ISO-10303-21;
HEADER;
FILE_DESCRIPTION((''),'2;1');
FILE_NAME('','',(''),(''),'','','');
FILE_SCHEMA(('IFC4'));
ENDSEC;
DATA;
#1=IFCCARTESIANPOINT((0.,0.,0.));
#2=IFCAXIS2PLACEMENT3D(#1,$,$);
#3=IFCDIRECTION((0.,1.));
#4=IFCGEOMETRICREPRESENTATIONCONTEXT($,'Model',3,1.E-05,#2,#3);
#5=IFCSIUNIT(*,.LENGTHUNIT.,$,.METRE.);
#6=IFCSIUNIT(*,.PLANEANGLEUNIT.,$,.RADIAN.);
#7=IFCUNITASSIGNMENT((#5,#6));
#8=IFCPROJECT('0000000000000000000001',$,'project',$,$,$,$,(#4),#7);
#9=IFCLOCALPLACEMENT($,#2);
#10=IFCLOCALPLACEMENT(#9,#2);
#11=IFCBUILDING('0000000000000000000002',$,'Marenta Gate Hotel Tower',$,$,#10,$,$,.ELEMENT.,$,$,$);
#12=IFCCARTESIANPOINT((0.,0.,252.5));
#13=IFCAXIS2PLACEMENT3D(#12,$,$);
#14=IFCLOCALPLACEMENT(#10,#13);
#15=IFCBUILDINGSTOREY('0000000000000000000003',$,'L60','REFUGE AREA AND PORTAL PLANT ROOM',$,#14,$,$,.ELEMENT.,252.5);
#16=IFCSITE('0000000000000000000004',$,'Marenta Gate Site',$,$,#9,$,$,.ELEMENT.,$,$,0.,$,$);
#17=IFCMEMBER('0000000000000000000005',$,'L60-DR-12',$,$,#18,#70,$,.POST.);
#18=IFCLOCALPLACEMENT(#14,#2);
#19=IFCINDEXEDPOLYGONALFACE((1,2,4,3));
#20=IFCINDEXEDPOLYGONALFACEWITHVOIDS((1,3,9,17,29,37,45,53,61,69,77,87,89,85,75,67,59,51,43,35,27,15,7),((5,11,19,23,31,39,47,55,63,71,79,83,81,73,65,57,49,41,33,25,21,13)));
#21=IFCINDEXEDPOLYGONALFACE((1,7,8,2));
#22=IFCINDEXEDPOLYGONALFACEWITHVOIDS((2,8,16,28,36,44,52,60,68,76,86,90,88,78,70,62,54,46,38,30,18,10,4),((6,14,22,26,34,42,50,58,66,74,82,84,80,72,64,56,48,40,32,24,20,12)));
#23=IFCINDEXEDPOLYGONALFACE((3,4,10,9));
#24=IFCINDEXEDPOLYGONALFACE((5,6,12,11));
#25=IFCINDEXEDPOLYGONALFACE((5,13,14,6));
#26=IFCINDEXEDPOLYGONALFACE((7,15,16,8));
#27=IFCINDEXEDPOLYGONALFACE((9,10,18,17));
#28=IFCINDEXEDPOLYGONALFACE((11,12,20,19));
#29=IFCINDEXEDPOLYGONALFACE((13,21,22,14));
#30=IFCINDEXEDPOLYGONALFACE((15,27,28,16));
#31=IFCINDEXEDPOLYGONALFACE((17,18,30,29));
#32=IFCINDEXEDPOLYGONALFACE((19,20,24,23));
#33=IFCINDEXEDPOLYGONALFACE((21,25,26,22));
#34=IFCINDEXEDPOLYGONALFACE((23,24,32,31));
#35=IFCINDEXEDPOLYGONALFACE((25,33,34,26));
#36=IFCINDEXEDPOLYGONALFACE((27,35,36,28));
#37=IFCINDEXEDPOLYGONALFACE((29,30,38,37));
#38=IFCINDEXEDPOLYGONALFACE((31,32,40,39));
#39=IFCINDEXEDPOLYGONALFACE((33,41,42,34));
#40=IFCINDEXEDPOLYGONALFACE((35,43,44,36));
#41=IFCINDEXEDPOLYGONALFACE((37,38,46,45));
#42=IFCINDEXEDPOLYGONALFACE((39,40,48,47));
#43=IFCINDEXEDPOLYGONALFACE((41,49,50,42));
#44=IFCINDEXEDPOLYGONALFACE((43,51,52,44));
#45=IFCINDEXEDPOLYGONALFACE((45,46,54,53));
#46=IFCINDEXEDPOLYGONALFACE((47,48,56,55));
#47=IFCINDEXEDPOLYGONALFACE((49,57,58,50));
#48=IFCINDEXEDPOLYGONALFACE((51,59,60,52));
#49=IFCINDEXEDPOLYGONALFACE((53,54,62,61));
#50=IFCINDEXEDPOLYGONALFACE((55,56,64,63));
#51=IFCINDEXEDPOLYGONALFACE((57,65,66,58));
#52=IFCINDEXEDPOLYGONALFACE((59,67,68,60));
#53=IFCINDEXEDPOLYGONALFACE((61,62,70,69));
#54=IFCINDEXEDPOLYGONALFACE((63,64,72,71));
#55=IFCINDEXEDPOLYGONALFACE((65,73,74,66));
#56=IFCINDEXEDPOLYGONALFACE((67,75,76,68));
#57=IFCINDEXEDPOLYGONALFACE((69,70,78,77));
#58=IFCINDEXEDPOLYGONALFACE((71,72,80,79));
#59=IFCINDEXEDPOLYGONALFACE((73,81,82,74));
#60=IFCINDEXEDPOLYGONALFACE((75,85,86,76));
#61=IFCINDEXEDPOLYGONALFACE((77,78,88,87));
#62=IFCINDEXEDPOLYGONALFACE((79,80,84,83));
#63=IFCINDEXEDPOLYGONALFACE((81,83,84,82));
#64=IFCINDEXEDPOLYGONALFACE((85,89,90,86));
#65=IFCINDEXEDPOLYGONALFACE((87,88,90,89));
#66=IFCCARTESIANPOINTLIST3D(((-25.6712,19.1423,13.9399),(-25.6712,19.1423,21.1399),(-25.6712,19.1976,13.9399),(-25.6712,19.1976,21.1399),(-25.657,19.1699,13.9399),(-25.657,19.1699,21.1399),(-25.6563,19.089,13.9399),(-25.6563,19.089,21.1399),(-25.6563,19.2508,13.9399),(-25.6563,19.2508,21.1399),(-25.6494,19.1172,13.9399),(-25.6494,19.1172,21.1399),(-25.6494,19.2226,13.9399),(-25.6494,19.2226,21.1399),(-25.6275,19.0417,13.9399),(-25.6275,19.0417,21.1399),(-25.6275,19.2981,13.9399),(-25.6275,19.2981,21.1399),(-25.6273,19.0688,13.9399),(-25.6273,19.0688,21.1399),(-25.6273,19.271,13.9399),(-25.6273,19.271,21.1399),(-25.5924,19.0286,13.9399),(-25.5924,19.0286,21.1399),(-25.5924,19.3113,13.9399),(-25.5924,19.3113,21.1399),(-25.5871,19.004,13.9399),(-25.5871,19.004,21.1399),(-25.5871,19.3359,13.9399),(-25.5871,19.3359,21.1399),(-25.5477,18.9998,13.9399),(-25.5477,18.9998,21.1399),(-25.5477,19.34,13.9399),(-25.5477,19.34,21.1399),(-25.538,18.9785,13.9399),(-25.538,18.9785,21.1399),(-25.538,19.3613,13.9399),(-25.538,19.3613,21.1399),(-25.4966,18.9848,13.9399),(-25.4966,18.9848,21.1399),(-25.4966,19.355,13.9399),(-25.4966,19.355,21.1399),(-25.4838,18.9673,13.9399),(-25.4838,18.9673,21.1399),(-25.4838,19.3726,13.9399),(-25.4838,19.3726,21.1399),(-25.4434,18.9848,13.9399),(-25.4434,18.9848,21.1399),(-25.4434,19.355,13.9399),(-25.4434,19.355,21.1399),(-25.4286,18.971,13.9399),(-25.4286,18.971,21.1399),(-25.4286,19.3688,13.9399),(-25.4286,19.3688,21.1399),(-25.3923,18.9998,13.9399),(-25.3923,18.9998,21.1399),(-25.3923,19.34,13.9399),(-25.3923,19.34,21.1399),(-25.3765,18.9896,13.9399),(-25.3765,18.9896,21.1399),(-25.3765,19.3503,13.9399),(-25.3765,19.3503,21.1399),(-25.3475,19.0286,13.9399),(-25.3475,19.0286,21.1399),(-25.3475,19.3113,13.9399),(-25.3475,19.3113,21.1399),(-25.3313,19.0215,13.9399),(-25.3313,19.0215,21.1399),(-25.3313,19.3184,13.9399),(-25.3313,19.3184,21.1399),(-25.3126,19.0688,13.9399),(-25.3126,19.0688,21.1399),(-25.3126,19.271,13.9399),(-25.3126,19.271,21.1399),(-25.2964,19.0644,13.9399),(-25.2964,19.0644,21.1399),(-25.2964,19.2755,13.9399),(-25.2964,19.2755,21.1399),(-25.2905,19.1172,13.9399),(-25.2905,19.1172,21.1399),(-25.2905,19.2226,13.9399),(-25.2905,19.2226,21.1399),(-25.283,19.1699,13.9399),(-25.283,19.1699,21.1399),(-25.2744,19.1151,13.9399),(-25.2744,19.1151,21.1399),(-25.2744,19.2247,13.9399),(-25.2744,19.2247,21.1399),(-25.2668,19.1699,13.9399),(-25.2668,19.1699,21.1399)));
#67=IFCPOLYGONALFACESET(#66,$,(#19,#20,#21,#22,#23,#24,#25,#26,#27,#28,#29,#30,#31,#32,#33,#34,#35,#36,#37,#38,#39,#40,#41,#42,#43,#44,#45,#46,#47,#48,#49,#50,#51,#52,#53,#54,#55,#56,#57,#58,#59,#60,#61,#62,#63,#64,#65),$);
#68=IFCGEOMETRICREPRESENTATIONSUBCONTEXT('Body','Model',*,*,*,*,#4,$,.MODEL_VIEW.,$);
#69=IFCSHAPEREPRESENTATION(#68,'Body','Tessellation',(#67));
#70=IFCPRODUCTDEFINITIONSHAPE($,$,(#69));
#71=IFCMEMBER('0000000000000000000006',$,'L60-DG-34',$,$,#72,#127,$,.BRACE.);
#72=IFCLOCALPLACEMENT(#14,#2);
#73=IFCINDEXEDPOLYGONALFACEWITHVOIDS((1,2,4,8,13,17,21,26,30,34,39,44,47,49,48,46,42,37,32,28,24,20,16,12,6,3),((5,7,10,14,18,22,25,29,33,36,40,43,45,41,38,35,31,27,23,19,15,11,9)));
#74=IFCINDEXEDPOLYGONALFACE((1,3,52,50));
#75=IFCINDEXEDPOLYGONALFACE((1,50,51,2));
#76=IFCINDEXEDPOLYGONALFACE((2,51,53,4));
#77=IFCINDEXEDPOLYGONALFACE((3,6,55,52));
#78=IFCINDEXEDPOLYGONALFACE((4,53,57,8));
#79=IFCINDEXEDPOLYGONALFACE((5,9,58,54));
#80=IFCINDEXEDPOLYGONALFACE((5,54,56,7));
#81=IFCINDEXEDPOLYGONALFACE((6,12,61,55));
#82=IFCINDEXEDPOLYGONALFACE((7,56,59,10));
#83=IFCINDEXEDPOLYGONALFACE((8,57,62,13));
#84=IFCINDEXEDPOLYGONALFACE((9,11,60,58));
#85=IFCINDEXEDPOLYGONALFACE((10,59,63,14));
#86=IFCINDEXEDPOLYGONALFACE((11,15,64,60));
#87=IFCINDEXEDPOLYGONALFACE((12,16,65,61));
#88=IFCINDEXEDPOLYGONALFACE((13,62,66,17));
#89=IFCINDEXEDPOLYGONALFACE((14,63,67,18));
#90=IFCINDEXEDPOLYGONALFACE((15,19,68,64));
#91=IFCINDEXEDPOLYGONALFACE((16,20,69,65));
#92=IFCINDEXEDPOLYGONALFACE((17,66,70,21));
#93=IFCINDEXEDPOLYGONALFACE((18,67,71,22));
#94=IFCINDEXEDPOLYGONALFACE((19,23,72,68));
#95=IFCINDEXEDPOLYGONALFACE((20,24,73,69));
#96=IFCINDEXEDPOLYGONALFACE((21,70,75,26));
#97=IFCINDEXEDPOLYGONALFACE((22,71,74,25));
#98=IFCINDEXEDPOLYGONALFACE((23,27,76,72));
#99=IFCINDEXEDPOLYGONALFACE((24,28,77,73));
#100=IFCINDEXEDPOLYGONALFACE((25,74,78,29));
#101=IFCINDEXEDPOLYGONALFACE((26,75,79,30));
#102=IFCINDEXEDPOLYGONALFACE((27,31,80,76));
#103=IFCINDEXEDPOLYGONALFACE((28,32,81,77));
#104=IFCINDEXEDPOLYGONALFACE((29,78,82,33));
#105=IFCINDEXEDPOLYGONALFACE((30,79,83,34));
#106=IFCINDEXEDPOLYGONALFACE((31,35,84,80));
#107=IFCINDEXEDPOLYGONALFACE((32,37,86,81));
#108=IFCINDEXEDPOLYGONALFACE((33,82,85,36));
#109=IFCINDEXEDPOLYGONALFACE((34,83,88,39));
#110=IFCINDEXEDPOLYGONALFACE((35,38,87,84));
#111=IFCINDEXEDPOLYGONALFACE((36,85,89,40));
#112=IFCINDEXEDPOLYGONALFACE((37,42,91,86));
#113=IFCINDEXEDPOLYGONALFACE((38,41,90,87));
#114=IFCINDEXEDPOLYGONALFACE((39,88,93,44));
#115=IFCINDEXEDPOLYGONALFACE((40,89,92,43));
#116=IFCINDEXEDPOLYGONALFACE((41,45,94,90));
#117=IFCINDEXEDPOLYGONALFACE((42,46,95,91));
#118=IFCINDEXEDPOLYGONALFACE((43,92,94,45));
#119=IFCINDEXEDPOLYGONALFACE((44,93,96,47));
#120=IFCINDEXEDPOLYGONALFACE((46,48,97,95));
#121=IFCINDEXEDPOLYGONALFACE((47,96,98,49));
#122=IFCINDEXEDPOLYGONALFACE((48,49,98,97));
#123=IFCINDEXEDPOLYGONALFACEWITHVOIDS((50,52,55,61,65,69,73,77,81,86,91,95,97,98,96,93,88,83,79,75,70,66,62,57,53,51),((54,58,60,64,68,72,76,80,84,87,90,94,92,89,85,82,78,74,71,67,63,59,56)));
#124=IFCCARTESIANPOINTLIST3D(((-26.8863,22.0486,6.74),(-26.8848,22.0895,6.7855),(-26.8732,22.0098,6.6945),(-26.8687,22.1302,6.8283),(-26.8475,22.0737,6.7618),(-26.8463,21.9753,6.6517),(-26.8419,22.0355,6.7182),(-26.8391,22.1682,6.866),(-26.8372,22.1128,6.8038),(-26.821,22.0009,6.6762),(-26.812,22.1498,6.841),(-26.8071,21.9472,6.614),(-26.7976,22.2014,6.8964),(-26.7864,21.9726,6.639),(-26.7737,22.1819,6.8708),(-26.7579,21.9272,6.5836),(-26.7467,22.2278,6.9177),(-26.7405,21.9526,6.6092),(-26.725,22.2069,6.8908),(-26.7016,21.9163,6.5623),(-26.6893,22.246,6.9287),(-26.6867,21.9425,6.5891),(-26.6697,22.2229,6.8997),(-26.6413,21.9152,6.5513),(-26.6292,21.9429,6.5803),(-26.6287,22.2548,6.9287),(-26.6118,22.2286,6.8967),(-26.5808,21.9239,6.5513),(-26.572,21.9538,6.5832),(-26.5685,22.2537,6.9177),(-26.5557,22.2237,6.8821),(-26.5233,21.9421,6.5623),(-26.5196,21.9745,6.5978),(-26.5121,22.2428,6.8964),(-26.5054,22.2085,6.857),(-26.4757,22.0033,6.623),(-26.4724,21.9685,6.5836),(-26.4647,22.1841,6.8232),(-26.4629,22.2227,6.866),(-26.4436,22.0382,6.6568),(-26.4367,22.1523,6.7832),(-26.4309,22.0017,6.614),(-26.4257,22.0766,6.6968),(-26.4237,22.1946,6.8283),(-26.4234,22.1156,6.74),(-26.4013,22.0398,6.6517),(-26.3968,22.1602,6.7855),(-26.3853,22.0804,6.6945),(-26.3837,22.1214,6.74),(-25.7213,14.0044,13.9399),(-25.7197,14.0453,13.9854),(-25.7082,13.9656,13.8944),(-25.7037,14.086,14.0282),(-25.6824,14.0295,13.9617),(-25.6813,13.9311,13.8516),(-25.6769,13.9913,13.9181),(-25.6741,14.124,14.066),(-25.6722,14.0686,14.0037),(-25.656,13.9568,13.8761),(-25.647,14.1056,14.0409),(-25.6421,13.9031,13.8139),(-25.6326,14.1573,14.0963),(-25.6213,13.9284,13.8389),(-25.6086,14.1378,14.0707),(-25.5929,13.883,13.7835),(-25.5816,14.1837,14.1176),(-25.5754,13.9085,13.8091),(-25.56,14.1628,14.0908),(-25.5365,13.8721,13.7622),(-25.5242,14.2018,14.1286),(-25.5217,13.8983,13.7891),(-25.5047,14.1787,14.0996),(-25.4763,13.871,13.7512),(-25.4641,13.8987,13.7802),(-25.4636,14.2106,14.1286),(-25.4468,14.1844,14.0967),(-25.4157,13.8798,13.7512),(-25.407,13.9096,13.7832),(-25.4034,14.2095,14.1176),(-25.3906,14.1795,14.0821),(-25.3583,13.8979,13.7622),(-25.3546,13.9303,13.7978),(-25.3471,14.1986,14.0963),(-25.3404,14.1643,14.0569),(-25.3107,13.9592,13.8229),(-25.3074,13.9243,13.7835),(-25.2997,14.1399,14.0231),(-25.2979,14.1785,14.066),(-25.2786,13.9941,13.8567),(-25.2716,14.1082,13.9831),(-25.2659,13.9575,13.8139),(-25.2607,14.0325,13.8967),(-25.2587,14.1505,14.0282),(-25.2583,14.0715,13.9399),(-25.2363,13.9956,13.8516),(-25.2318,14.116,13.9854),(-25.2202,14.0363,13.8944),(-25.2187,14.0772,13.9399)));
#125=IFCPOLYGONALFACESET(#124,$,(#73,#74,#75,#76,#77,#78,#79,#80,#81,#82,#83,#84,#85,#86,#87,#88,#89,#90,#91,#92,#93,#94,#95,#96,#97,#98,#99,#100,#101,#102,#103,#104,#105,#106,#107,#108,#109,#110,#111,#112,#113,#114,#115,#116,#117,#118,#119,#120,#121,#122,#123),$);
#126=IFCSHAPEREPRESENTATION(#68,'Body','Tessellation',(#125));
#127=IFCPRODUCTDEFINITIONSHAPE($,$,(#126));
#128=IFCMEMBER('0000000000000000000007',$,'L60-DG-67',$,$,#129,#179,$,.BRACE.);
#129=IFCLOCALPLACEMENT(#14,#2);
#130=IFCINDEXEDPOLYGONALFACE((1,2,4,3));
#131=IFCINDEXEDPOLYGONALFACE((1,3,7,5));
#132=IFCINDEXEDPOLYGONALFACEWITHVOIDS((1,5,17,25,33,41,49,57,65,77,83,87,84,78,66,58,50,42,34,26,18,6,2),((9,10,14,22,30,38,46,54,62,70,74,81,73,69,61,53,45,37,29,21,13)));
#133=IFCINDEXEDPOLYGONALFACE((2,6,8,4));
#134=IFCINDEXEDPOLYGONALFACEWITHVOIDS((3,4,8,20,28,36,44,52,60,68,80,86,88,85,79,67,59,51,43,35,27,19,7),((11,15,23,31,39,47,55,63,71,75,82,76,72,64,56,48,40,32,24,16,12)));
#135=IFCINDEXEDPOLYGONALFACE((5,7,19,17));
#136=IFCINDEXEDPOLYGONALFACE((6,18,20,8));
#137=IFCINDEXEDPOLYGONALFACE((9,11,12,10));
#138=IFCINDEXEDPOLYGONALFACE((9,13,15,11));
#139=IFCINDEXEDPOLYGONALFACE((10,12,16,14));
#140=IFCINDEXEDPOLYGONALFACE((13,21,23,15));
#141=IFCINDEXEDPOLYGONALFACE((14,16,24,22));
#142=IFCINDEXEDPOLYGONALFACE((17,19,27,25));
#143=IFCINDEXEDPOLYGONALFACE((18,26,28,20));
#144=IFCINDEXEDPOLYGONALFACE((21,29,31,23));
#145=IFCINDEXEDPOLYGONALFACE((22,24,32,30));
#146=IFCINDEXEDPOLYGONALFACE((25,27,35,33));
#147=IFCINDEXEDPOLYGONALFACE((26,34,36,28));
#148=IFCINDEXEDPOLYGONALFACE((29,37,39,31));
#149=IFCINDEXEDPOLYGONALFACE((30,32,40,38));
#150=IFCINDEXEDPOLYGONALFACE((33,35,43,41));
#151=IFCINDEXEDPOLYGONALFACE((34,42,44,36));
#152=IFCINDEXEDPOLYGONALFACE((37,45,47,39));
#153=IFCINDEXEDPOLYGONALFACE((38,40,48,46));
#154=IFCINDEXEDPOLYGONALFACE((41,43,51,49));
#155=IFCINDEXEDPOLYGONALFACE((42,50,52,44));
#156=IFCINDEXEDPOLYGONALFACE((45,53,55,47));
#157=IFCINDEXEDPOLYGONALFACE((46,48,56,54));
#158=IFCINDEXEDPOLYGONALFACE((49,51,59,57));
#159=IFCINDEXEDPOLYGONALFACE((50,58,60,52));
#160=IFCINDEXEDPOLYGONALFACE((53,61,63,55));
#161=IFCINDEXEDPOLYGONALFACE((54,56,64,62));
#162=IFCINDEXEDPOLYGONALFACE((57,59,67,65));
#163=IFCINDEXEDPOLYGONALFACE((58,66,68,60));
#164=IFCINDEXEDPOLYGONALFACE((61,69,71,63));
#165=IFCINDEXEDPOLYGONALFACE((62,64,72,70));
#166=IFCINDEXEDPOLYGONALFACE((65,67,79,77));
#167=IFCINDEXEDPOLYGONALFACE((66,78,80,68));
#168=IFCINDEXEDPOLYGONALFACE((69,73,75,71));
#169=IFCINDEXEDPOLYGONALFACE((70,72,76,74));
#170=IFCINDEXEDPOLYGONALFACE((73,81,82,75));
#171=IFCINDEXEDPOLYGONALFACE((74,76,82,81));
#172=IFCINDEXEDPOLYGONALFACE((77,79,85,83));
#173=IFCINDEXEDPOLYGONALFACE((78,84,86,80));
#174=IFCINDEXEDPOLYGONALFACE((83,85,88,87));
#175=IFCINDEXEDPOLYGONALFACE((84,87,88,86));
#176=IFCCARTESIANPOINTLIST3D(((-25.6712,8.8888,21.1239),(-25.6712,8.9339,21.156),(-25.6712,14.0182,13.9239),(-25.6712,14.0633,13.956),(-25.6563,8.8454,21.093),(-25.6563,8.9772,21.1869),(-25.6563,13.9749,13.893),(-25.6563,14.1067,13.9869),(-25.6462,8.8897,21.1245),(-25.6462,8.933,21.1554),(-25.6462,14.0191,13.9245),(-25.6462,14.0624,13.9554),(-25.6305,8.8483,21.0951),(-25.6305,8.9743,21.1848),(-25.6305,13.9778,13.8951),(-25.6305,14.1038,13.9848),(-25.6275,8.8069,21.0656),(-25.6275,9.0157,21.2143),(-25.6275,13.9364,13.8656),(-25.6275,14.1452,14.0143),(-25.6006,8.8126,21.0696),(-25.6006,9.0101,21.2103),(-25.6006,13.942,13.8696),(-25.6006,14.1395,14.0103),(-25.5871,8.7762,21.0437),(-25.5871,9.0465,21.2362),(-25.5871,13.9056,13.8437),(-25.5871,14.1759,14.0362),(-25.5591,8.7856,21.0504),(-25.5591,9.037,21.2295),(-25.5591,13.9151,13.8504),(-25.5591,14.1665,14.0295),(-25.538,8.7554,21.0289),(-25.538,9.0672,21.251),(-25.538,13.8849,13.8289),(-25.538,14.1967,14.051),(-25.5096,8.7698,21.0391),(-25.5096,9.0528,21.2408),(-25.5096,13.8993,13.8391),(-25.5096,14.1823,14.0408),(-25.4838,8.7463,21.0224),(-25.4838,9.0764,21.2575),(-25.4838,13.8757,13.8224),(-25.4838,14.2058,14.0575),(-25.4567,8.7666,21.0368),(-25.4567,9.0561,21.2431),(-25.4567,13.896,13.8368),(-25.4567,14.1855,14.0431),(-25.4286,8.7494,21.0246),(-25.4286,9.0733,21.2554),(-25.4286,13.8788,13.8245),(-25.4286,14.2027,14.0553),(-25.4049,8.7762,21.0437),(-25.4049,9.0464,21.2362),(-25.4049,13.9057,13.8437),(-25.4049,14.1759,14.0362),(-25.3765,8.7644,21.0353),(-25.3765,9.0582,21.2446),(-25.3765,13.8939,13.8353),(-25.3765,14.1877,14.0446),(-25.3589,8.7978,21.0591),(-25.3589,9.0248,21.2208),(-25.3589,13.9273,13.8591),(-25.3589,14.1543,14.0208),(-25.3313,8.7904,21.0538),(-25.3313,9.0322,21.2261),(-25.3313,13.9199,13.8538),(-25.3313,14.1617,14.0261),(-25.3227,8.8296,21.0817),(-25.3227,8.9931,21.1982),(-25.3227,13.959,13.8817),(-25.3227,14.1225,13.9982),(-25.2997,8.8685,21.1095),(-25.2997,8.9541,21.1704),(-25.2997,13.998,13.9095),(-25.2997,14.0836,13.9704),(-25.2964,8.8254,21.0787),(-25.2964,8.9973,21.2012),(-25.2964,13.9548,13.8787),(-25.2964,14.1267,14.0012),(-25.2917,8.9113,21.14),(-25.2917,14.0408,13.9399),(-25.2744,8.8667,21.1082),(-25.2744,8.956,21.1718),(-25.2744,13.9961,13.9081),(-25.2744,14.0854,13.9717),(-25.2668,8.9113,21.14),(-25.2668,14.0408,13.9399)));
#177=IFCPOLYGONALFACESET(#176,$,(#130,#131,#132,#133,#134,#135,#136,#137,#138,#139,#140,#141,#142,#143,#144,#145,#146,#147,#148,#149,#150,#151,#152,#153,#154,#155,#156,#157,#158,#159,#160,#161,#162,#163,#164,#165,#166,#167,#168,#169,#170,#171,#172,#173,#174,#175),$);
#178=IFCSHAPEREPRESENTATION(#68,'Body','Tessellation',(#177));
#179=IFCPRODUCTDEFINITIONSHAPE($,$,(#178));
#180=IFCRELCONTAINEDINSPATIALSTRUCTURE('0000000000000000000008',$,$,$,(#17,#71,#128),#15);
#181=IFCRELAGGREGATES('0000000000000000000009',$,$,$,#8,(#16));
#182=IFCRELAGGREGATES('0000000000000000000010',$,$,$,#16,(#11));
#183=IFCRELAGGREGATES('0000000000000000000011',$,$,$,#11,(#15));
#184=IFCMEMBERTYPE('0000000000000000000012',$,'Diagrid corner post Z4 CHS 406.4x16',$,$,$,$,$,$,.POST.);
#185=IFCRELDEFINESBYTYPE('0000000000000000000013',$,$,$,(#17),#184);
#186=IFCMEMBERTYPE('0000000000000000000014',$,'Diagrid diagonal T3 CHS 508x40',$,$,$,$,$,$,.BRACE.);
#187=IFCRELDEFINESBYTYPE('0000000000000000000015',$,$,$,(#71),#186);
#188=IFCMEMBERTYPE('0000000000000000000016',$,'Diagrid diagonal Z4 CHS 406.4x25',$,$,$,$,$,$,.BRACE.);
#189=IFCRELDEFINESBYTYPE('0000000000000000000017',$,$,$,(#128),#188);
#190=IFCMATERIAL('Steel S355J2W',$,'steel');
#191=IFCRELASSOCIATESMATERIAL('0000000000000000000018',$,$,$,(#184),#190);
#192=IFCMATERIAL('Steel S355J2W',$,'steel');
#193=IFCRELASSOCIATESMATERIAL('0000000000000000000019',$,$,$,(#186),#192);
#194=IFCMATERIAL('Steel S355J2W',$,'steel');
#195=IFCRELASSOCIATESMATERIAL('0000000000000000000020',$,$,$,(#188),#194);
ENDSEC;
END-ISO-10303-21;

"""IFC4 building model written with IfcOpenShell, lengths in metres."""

from ifc_helpers import new_model, si_unit, direction, frame, origin, origin_2d, place, context, subcontext, project, spatial, hollow_circle, extrude, material, material_profile, profile_set, type_object, element, save


model = new_model("IFC4")

# Units and contexts
model_context = context("Model", 3, precision=1e-05, world=origin(), true_north=direction((0.0, 1.0)))
body_context = subcontext(model_context, "Body", "Model", "MODEL_VIEW")
ifc_project = project(units=[si_unit("LENGTHUNIT", "METRE"), si_unit("PLANEANGLEUNIT", "RADIAN")], contexts=[model_context])

# Site, building, storey
site_placement = place(None, origin())
site = spatial("IfcSite", under=ifc_project, at=site_placement, Name="Marenta Gate Site", CompositionType="ELEMENT", RefElevation=0.0)
building_placement = place(site_placement, origin())
building = spatial("IfcBuilding", under=site, at=building_placement, Name="Marenta Gate Hotel Tower", CompositionType="ELEMENT")
storey_placement = place(building_placement, frame((0.0, 0.0, 252.5)))
storey = spatial("IfcBuildingStorey", under=building, at=storey_placement, Name="L60", Description="REFUGE AREA AND PORTAL PLANT ROOM", CompositionType="ELEMENT", Elevation=252.5)

# Members
ifc_material_1 = material(Name="Steel S355J2W", Category="steel")
ifc_material_profile_1 = material_profile(ifc_material_1, hollow_circle(Radius=0.2031, WallThickness=0.0161, at=origin_2d()), Name="CHS 406.4x16")
ifc_profile_set_1 = profile_set([ifc_material_profile_1], Name="Steel S355J2W")
member_type_1 = type_object("IfcMemberType", Name="Diagrid corner post Z4 CHS 406.4x16", PredefinedType="POST", material=ifc_profile_set_1)
member_1_placement = place(storey_placement, frame((-25.47, 19.1699, 13.9399), z_axis=(0.0, 0.0, 1.0), x_axis=(1.0, 0.0, 0.0)))
element("IfcMember", 1, at=member_1_placement, inside=storey, type_object=member_type_1, Name="L60-DR-12", PredefinedType="POST", context=body_context, shape_type="SweptSolid", body=[
    extrude(hollow_circle(Radius=0.2031, WallThickness=0.0161, at=origin_2d()), origin(), (0.0, 0.0, 1.0), 7.2),
])
ifc_material_2 = material(Name="Steel S355J2W", Category="steel")
ifc_material_profile_2 = material_profile(ifc_material_2, hollow_circle(Radius=0.2539, WallThickness=0.04, at=origin_2d()), Name="CHS 508x40")
ifc_profile_set_2 = profile_set([ifc_material_profile_2], Name="Steel S355J2W")
member_type_2 = type_object("IfcMemberType", Name="Diagrid diagonal T3 CHS 508x40", PredefinedType="BRACE", material=ifc_profile_set_2)
member_2_placement = place(storey_placement, frame((-26.635, 22.085, 6.74), z_axis=(0.107293, -0.740824, 0.663075), x_axis=(0.989674, 0.143334, 0.0)))
element("IfcMember", 2, at=member_2_placement, inside=storey, type_object=member_type_2, Name="L60-DG-34", PredefinedType="BRACE", context=body_context, shape_type="SweptSolid", body=[
    extrude(hollow_circle(Radius=0.2539, WallThickness=0.04, at=origin_2d()), origin(), (0.0, 0.0, 1.0), 10.8584),
])
ifc_material_3 = material(Name="Steel S355J2W", Category="steel")
ifc_material_profile_3 = material_profile(ifc_material_3, hollow_circle(Radius=0.2031, WallThickness=0.0249, at=origin_2d()), Name="CHS 406.4x25")
ifc_profile_set_3 = profile_set([ifc_material_profile_3], Name="Steel S355J2W")
member_type_3 = type_object("IfcMemberType", Name="Diagrid diagonal Z4 CHS 406.4x25", PredefinedType="BRACE", material=ifc_profile_set_3)
member_3_placement = place(storey_placement, frame((-25.47, 14.0408, 13.9399), z_axis=(0.0, -0.580232, 0.814451), x_axis=(1.0, 0.0, 0.0)))
element("IfcMember", 3, at=member_3_placement, inside=storey, type_object=member_type_3, Name="L60-DG-67", PredefinedType="BRACE", context=body_context, shape_type="SweptSolid", body=[
    extrude(hollow_circle(Radius=0.2031, WallThickness=0.0249, at=origin_2d()), origin(), (0.0, 0.0, 1.0), 8.8403),
])

save(model, "model.ifc")
